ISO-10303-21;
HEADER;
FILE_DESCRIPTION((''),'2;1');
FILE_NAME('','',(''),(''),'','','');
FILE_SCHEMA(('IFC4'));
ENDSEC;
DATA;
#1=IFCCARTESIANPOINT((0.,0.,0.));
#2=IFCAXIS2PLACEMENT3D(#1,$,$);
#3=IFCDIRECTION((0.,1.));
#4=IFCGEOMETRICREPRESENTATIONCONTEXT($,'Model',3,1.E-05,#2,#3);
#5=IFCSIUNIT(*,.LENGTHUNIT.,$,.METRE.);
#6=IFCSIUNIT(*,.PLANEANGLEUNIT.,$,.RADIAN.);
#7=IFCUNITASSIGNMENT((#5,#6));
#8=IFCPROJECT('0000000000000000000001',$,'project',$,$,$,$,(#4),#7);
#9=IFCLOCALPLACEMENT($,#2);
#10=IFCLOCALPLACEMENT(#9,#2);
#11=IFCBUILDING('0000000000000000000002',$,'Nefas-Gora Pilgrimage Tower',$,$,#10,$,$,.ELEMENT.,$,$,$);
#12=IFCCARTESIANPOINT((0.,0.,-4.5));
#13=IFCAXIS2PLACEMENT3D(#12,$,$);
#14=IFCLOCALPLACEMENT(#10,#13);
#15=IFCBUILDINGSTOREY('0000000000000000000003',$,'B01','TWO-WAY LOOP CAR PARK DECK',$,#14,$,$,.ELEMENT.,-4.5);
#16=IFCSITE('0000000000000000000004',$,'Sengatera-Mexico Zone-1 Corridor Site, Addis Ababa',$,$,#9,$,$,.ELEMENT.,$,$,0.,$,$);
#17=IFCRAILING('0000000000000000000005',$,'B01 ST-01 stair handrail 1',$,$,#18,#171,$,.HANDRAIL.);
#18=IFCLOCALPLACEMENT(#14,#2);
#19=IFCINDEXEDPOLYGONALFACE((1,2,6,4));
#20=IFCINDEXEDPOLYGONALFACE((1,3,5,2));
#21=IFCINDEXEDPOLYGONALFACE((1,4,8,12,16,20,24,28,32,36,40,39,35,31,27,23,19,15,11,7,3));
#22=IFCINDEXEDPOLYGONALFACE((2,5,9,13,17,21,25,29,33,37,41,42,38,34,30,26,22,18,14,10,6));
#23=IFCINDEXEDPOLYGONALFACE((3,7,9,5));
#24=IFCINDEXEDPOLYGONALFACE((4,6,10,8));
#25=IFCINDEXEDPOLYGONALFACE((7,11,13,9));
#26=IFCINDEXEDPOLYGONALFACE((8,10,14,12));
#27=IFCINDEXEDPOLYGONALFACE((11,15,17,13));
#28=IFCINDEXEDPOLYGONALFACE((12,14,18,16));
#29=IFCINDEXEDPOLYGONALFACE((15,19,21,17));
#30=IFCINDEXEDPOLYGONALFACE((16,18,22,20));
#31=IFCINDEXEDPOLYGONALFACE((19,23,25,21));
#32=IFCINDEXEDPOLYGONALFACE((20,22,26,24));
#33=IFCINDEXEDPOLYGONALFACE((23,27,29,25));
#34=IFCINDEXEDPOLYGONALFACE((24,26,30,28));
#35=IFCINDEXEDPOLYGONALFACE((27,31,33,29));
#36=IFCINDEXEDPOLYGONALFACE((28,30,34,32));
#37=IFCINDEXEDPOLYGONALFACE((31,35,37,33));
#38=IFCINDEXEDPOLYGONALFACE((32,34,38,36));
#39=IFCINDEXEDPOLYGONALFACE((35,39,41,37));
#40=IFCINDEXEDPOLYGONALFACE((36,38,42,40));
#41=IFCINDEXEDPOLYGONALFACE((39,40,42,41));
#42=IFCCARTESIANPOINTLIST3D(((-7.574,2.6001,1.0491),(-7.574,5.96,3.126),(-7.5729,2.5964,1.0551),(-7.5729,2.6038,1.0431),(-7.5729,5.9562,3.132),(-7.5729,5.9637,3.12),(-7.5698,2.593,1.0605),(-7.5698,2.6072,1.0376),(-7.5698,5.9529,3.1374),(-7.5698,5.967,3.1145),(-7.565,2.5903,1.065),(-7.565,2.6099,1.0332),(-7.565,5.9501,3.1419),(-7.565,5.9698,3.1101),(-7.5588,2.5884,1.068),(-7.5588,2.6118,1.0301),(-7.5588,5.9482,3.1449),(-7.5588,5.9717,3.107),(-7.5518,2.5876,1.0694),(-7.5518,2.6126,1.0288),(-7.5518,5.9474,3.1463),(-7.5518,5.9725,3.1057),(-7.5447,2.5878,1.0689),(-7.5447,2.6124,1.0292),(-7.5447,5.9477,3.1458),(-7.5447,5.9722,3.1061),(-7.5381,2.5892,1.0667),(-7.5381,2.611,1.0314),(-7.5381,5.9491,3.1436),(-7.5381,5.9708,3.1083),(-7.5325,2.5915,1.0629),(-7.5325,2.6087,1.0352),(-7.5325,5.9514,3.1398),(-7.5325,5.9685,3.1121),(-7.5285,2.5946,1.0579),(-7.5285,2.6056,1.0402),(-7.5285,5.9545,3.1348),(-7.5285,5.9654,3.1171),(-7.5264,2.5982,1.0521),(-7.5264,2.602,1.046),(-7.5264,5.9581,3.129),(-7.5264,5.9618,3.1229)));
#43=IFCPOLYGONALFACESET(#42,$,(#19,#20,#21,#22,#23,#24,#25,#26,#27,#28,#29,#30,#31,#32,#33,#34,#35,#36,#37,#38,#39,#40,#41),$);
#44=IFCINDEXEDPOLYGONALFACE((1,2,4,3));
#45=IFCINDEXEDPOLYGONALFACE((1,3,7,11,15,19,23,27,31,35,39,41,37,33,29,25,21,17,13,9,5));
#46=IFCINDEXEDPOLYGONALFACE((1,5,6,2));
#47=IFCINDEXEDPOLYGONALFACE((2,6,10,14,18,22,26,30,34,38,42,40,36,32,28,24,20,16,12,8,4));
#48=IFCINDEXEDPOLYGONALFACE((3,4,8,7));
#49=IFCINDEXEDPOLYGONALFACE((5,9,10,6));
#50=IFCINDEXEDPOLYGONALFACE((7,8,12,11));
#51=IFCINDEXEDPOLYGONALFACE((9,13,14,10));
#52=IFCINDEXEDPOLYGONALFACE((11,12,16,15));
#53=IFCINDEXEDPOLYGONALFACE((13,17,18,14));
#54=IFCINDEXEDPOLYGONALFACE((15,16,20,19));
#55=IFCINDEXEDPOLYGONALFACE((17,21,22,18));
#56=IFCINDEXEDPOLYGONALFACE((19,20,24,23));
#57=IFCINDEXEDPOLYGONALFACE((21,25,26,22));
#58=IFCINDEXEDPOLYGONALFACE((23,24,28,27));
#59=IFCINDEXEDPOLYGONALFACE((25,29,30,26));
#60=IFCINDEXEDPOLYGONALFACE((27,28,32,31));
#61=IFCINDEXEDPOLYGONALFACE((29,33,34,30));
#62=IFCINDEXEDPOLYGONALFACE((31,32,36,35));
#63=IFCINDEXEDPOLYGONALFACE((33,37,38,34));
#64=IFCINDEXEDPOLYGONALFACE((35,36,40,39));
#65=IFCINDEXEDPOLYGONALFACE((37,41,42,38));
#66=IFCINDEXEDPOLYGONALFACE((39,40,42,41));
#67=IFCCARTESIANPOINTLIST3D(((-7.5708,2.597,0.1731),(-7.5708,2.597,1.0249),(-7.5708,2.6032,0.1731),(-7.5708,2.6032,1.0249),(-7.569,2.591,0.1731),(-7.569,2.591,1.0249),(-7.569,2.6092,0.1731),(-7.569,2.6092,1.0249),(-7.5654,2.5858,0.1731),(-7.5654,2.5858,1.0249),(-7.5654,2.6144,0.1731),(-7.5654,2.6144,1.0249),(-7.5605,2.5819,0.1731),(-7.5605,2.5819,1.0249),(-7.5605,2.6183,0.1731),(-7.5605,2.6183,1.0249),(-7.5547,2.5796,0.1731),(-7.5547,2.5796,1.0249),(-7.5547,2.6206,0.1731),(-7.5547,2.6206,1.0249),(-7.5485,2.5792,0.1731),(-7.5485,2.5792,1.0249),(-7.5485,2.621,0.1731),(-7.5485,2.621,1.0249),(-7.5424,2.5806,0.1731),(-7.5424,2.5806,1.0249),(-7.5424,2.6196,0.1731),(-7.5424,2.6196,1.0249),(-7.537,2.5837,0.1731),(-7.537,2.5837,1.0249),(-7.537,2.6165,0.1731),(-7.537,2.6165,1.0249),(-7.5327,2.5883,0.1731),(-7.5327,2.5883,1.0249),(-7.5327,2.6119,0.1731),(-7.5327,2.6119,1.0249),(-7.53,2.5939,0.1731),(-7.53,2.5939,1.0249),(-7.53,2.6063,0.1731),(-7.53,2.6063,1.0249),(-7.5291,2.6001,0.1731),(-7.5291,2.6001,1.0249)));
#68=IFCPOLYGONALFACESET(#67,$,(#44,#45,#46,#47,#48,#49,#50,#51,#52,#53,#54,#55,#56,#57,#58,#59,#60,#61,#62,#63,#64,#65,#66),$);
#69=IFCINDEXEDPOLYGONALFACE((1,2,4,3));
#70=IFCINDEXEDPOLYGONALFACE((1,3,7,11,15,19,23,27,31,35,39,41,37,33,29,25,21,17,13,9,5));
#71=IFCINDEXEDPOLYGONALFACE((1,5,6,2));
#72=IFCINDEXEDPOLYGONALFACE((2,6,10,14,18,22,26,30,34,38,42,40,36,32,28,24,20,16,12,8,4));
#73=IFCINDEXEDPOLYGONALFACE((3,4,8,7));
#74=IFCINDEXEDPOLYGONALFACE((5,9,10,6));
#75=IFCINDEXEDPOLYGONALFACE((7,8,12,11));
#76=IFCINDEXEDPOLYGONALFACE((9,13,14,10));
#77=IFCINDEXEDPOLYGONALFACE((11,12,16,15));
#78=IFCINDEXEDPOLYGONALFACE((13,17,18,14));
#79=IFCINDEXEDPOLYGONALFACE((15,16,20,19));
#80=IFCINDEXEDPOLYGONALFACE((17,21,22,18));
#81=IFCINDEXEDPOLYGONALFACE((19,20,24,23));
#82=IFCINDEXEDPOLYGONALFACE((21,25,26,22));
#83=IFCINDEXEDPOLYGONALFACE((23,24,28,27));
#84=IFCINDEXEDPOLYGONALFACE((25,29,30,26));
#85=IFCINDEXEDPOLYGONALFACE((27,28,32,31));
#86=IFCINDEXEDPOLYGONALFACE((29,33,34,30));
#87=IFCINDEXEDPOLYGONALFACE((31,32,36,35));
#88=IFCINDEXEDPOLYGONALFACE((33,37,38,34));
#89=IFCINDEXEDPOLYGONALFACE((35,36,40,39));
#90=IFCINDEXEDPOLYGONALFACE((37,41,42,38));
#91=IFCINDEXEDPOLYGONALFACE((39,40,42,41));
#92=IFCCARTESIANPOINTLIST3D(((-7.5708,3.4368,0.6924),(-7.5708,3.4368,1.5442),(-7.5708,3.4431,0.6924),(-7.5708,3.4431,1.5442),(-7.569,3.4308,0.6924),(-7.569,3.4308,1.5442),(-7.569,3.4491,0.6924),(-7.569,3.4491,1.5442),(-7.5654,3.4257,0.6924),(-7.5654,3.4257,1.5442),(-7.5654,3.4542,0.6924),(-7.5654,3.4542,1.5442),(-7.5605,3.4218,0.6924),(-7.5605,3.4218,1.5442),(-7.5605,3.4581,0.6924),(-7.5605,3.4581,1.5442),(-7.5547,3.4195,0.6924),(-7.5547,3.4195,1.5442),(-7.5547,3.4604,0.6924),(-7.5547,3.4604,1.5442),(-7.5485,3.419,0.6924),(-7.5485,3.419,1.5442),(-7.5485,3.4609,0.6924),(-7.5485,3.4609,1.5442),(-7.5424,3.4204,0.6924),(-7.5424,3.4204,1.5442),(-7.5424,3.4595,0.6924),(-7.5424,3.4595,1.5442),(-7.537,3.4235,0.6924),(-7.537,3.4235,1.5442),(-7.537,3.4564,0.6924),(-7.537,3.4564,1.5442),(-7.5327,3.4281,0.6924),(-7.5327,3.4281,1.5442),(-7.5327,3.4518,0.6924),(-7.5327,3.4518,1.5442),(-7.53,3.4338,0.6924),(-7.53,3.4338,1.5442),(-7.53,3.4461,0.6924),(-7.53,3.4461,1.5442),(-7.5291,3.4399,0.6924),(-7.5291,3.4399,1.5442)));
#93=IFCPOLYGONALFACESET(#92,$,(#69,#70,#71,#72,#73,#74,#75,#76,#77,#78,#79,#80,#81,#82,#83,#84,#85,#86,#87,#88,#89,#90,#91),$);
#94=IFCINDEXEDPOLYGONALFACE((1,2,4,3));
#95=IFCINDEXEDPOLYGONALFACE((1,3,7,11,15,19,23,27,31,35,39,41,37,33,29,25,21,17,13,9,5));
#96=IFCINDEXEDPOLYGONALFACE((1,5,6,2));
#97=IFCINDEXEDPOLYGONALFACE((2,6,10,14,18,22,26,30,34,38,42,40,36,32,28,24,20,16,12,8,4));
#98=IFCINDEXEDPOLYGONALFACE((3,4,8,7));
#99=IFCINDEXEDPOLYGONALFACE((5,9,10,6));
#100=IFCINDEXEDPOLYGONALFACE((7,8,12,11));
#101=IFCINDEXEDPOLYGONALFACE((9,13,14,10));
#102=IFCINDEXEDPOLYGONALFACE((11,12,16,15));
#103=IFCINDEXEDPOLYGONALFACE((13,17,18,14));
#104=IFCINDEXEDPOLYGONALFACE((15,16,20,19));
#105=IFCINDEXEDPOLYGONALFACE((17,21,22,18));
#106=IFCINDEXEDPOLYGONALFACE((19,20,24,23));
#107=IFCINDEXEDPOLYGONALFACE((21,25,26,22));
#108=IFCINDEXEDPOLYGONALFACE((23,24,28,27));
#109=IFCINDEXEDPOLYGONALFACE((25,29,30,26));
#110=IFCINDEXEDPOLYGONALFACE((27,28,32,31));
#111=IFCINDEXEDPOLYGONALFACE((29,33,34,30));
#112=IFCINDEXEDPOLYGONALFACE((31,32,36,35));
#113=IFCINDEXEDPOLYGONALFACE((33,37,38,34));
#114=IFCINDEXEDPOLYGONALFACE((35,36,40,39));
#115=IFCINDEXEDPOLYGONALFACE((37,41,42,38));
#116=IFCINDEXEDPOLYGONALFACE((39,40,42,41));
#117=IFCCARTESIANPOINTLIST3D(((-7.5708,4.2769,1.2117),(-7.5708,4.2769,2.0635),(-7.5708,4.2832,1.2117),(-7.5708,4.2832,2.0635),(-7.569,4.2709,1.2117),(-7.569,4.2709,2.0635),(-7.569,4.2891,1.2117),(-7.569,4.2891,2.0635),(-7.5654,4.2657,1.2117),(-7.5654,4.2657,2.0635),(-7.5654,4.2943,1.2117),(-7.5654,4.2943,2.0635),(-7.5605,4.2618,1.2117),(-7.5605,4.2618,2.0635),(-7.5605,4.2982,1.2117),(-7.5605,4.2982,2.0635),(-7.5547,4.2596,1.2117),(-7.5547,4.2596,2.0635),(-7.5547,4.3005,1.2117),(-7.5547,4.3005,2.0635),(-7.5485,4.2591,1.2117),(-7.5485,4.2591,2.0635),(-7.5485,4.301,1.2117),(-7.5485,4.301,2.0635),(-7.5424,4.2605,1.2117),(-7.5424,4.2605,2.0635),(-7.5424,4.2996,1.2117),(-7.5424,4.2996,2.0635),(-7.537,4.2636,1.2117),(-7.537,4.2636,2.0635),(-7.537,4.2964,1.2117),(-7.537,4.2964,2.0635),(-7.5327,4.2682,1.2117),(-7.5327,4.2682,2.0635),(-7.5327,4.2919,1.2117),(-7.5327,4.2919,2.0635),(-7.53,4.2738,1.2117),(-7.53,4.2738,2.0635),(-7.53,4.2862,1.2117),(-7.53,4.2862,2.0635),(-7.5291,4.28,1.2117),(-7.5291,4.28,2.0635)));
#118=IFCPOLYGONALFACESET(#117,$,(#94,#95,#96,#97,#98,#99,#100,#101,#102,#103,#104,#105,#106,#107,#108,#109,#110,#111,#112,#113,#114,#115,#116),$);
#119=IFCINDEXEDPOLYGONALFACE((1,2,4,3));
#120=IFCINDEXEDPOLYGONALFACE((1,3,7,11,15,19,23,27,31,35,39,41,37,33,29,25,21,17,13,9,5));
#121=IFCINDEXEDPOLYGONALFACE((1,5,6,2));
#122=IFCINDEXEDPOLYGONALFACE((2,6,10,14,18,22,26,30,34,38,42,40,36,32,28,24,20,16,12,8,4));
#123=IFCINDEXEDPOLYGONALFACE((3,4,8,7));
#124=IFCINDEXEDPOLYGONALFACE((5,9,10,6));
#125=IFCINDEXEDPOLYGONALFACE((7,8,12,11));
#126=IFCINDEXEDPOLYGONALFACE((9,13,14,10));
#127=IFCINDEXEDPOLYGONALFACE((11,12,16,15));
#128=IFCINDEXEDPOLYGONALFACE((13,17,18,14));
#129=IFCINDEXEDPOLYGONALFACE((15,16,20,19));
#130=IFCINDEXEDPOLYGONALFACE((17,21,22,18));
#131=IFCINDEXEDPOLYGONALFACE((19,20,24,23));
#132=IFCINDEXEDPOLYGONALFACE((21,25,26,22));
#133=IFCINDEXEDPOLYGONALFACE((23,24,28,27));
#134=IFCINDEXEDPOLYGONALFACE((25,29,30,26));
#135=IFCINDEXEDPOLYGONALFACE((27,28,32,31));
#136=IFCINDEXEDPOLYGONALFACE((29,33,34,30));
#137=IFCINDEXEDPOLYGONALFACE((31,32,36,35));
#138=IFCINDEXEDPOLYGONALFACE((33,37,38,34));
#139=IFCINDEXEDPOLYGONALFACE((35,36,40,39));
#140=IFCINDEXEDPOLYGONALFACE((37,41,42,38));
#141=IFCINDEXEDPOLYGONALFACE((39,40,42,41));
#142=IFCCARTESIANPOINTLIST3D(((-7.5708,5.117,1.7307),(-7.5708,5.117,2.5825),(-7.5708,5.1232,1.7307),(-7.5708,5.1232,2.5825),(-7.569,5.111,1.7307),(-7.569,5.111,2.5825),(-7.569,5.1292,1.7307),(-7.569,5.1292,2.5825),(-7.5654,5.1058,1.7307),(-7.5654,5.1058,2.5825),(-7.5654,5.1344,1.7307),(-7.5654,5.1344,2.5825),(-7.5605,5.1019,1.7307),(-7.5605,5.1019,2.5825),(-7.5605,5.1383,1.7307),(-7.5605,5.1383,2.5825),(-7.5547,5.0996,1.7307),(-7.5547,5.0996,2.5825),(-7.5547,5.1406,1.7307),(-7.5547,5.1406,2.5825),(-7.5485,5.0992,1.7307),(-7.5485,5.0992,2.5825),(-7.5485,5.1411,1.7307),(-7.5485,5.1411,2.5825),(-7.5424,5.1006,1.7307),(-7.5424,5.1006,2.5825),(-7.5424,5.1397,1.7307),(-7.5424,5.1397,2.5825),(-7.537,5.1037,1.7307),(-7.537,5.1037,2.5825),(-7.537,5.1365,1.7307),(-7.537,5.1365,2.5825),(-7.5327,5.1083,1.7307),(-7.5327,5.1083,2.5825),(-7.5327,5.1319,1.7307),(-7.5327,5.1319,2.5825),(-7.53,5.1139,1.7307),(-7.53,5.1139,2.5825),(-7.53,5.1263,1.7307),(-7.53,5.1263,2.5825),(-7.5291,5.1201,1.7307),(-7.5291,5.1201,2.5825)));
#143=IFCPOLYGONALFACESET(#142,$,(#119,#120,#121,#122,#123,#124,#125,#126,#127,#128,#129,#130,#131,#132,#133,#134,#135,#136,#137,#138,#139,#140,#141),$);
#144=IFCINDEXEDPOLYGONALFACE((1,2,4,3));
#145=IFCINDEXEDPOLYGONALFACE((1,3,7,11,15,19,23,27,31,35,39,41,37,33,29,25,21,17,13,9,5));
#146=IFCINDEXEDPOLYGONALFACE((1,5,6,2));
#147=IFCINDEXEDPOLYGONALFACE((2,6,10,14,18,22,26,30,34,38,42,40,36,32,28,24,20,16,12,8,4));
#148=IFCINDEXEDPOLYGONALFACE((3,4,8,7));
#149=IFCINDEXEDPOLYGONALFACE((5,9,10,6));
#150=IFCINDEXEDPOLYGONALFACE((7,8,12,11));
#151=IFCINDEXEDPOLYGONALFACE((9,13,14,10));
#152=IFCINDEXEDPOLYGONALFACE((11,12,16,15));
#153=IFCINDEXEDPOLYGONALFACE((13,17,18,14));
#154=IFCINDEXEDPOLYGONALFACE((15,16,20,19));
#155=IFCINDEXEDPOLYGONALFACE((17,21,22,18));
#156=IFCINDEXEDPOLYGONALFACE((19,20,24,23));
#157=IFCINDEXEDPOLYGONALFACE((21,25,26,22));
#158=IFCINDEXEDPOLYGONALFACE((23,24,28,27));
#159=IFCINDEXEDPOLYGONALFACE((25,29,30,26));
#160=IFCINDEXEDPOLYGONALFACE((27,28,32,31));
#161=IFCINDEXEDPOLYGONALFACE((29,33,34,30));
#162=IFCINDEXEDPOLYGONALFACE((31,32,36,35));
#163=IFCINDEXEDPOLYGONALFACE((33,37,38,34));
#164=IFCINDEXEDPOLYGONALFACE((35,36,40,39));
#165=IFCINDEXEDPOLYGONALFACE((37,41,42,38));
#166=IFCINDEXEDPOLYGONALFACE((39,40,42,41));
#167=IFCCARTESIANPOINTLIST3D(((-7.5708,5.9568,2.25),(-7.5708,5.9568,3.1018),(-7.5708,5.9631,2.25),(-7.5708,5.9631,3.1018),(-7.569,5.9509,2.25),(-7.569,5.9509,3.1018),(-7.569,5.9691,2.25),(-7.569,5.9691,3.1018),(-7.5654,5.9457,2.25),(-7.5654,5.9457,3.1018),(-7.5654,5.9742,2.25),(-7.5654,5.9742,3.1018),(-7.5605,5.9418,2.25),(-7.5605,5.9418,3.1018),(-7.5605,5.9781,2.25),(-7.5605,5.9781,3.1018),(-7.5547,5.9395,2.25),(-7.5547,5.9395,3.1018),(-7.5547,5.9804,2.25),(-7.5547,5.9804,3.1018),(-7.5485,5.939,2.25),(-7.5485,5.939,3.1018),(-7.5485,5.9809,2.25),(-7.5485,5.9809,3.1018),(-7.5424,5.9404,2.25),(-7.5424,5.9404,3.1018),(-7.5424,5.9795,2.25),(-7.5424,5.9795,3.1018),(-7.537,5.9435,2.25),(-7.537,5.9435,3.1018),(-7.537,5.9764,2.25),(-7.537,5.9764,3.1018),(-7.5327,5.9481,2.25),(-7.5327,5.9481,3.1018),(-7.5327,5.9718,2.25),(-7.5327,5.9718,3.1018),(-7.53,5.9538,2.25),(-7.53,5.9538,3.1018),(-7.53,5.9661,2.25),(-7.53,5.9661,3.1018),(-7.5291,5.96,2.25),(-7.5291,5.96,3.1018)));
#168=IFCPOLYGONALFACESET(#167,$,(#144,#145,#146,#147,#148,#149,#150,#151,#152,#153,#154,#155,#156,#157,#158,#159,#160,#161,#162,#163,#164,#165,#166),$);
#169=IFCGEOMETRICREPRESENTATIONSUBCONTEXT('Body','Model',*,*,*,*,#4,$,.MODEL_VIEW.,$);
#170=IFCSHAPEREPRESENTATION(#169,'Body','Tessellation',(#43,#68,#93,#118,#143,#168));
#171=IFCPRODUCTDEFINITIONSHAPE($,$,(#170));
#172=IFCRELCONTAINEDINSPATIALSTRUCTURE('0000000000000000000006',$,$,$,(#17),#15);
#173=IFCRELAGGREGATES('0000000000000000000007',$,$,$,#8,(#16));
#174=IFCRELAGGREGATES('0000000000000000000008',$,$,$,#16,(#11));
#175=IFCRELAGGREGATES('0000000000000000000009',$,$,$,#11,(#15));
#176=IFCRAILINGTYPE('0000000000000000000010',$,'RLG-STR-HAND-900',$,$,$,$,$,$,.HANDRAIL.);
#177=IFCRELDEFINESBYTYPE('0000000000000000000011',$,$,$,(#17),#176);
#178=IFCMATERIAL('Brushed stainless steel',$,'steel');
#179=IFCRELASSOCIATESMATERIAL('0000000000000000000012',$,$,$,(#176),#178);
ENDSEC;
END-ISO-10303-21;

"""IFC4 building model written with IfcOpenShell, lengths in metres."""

from ifc_helpers import new_model, si_unit, direction, frame, origin, origin_2d, place, context, subcontext, project, spatial, circle, extrude, material, type_object, element, save


model = new_model("IFC4")

# Units and contexts
model_context = context("Model", 3, precision=1e-05, world=origin(), true_north=direction((0.0, 1.0)))
body_context = subcontext(model_context, "Body", "Model", "MODEL_VIEW")
ifc_project = project(units=[si_unit("LENGTHUNIT", "METRE"), si_unit("PLANEANGLEUNIT", "RADIAN")], contexts=[model_context])

# Site, building, storey
site_placement = place(None, origin())
site = spatial("IfcSite", under=ifc_project, at=site_placement, Name="Sengatera-Mexico Zone-1 Corridor Site, Addis Ababa", CompositionType="ELEMENT", RefElevation=0.0)
building_placement = place(site_placement, origin())
building = spatial("IfcBuilding", under=site, at=building_placement, Name="Nefas-Gora Pilgrimage Tower", CompositionType="ELEMENT")
storey_placement = place(building_placement, frame((0.0, 0.0, -4.5)))
storey = spatial("IfcBuildingStorey", under=building, at=storey_placement, Name="B01", Description="TWO-WAY LOOP CAR PARK DECK", CompositionType="ELEMENT", Elevation=-4.5)

# Railing
ifc_material_1 = material(Name="Brushed stainless steel", Category="steel")
railing_type_1 = type_object("IfcRailingType", Name="RLG-STR-HAND-900", PredefinedType="HANDRAIL", material=ifc_material_1)
railing_1_placement = place(storey_placement, frame((-7.55, 2.6001, 0.1731)))
element("IfcRailing", 1, at=railing_1_placement, inside=storey, type_object=railing_type_1, Name="B01 ST-01 stair handrail 1", PredefinedType="HANDRAIL", context=body_context, shape_type="SweptSolid", body=[
    extrude(circle(Radius=0.0239, at=origin_2d()), frame((0.0, 0.0, 0.876), z_axis=(0.0, 0.850606, 0.525803), x_axis=(-1.0, 0.0, 0.0)), (0.0, 0.0, 1.0), 3.95),
    extrude(circle(Radius=0.021, at=origin_2d()), origin(), (0.0, 0.0, 1.0), 0.8518),
    extrude(circle(Radius=0.021, at=origin_2d()), frame((0.0, 0.8398, 0.5193)), (0.0, 0.0, 1.0), 0.8518),
    extrude(circle(Radius=0.021, at=origin_2d()), frame((0.0, 1.6799, 1.0386)), (0.0, 0.0, 1.0), 0.8518),
    extrude(circle(Radius=0.021, at=origin_2d()), frame((0.0, 2.52, 1.5576)), (0.0, 0.0, 1.0), 0.8518),
    extrude(circle(Radius=0.021, at=origin_2d()), frame((0.0, 3.3599, 2.0769)), (0.0, 0.0, 1.0), 0.8518),
])

save(model, "model.ifc")
